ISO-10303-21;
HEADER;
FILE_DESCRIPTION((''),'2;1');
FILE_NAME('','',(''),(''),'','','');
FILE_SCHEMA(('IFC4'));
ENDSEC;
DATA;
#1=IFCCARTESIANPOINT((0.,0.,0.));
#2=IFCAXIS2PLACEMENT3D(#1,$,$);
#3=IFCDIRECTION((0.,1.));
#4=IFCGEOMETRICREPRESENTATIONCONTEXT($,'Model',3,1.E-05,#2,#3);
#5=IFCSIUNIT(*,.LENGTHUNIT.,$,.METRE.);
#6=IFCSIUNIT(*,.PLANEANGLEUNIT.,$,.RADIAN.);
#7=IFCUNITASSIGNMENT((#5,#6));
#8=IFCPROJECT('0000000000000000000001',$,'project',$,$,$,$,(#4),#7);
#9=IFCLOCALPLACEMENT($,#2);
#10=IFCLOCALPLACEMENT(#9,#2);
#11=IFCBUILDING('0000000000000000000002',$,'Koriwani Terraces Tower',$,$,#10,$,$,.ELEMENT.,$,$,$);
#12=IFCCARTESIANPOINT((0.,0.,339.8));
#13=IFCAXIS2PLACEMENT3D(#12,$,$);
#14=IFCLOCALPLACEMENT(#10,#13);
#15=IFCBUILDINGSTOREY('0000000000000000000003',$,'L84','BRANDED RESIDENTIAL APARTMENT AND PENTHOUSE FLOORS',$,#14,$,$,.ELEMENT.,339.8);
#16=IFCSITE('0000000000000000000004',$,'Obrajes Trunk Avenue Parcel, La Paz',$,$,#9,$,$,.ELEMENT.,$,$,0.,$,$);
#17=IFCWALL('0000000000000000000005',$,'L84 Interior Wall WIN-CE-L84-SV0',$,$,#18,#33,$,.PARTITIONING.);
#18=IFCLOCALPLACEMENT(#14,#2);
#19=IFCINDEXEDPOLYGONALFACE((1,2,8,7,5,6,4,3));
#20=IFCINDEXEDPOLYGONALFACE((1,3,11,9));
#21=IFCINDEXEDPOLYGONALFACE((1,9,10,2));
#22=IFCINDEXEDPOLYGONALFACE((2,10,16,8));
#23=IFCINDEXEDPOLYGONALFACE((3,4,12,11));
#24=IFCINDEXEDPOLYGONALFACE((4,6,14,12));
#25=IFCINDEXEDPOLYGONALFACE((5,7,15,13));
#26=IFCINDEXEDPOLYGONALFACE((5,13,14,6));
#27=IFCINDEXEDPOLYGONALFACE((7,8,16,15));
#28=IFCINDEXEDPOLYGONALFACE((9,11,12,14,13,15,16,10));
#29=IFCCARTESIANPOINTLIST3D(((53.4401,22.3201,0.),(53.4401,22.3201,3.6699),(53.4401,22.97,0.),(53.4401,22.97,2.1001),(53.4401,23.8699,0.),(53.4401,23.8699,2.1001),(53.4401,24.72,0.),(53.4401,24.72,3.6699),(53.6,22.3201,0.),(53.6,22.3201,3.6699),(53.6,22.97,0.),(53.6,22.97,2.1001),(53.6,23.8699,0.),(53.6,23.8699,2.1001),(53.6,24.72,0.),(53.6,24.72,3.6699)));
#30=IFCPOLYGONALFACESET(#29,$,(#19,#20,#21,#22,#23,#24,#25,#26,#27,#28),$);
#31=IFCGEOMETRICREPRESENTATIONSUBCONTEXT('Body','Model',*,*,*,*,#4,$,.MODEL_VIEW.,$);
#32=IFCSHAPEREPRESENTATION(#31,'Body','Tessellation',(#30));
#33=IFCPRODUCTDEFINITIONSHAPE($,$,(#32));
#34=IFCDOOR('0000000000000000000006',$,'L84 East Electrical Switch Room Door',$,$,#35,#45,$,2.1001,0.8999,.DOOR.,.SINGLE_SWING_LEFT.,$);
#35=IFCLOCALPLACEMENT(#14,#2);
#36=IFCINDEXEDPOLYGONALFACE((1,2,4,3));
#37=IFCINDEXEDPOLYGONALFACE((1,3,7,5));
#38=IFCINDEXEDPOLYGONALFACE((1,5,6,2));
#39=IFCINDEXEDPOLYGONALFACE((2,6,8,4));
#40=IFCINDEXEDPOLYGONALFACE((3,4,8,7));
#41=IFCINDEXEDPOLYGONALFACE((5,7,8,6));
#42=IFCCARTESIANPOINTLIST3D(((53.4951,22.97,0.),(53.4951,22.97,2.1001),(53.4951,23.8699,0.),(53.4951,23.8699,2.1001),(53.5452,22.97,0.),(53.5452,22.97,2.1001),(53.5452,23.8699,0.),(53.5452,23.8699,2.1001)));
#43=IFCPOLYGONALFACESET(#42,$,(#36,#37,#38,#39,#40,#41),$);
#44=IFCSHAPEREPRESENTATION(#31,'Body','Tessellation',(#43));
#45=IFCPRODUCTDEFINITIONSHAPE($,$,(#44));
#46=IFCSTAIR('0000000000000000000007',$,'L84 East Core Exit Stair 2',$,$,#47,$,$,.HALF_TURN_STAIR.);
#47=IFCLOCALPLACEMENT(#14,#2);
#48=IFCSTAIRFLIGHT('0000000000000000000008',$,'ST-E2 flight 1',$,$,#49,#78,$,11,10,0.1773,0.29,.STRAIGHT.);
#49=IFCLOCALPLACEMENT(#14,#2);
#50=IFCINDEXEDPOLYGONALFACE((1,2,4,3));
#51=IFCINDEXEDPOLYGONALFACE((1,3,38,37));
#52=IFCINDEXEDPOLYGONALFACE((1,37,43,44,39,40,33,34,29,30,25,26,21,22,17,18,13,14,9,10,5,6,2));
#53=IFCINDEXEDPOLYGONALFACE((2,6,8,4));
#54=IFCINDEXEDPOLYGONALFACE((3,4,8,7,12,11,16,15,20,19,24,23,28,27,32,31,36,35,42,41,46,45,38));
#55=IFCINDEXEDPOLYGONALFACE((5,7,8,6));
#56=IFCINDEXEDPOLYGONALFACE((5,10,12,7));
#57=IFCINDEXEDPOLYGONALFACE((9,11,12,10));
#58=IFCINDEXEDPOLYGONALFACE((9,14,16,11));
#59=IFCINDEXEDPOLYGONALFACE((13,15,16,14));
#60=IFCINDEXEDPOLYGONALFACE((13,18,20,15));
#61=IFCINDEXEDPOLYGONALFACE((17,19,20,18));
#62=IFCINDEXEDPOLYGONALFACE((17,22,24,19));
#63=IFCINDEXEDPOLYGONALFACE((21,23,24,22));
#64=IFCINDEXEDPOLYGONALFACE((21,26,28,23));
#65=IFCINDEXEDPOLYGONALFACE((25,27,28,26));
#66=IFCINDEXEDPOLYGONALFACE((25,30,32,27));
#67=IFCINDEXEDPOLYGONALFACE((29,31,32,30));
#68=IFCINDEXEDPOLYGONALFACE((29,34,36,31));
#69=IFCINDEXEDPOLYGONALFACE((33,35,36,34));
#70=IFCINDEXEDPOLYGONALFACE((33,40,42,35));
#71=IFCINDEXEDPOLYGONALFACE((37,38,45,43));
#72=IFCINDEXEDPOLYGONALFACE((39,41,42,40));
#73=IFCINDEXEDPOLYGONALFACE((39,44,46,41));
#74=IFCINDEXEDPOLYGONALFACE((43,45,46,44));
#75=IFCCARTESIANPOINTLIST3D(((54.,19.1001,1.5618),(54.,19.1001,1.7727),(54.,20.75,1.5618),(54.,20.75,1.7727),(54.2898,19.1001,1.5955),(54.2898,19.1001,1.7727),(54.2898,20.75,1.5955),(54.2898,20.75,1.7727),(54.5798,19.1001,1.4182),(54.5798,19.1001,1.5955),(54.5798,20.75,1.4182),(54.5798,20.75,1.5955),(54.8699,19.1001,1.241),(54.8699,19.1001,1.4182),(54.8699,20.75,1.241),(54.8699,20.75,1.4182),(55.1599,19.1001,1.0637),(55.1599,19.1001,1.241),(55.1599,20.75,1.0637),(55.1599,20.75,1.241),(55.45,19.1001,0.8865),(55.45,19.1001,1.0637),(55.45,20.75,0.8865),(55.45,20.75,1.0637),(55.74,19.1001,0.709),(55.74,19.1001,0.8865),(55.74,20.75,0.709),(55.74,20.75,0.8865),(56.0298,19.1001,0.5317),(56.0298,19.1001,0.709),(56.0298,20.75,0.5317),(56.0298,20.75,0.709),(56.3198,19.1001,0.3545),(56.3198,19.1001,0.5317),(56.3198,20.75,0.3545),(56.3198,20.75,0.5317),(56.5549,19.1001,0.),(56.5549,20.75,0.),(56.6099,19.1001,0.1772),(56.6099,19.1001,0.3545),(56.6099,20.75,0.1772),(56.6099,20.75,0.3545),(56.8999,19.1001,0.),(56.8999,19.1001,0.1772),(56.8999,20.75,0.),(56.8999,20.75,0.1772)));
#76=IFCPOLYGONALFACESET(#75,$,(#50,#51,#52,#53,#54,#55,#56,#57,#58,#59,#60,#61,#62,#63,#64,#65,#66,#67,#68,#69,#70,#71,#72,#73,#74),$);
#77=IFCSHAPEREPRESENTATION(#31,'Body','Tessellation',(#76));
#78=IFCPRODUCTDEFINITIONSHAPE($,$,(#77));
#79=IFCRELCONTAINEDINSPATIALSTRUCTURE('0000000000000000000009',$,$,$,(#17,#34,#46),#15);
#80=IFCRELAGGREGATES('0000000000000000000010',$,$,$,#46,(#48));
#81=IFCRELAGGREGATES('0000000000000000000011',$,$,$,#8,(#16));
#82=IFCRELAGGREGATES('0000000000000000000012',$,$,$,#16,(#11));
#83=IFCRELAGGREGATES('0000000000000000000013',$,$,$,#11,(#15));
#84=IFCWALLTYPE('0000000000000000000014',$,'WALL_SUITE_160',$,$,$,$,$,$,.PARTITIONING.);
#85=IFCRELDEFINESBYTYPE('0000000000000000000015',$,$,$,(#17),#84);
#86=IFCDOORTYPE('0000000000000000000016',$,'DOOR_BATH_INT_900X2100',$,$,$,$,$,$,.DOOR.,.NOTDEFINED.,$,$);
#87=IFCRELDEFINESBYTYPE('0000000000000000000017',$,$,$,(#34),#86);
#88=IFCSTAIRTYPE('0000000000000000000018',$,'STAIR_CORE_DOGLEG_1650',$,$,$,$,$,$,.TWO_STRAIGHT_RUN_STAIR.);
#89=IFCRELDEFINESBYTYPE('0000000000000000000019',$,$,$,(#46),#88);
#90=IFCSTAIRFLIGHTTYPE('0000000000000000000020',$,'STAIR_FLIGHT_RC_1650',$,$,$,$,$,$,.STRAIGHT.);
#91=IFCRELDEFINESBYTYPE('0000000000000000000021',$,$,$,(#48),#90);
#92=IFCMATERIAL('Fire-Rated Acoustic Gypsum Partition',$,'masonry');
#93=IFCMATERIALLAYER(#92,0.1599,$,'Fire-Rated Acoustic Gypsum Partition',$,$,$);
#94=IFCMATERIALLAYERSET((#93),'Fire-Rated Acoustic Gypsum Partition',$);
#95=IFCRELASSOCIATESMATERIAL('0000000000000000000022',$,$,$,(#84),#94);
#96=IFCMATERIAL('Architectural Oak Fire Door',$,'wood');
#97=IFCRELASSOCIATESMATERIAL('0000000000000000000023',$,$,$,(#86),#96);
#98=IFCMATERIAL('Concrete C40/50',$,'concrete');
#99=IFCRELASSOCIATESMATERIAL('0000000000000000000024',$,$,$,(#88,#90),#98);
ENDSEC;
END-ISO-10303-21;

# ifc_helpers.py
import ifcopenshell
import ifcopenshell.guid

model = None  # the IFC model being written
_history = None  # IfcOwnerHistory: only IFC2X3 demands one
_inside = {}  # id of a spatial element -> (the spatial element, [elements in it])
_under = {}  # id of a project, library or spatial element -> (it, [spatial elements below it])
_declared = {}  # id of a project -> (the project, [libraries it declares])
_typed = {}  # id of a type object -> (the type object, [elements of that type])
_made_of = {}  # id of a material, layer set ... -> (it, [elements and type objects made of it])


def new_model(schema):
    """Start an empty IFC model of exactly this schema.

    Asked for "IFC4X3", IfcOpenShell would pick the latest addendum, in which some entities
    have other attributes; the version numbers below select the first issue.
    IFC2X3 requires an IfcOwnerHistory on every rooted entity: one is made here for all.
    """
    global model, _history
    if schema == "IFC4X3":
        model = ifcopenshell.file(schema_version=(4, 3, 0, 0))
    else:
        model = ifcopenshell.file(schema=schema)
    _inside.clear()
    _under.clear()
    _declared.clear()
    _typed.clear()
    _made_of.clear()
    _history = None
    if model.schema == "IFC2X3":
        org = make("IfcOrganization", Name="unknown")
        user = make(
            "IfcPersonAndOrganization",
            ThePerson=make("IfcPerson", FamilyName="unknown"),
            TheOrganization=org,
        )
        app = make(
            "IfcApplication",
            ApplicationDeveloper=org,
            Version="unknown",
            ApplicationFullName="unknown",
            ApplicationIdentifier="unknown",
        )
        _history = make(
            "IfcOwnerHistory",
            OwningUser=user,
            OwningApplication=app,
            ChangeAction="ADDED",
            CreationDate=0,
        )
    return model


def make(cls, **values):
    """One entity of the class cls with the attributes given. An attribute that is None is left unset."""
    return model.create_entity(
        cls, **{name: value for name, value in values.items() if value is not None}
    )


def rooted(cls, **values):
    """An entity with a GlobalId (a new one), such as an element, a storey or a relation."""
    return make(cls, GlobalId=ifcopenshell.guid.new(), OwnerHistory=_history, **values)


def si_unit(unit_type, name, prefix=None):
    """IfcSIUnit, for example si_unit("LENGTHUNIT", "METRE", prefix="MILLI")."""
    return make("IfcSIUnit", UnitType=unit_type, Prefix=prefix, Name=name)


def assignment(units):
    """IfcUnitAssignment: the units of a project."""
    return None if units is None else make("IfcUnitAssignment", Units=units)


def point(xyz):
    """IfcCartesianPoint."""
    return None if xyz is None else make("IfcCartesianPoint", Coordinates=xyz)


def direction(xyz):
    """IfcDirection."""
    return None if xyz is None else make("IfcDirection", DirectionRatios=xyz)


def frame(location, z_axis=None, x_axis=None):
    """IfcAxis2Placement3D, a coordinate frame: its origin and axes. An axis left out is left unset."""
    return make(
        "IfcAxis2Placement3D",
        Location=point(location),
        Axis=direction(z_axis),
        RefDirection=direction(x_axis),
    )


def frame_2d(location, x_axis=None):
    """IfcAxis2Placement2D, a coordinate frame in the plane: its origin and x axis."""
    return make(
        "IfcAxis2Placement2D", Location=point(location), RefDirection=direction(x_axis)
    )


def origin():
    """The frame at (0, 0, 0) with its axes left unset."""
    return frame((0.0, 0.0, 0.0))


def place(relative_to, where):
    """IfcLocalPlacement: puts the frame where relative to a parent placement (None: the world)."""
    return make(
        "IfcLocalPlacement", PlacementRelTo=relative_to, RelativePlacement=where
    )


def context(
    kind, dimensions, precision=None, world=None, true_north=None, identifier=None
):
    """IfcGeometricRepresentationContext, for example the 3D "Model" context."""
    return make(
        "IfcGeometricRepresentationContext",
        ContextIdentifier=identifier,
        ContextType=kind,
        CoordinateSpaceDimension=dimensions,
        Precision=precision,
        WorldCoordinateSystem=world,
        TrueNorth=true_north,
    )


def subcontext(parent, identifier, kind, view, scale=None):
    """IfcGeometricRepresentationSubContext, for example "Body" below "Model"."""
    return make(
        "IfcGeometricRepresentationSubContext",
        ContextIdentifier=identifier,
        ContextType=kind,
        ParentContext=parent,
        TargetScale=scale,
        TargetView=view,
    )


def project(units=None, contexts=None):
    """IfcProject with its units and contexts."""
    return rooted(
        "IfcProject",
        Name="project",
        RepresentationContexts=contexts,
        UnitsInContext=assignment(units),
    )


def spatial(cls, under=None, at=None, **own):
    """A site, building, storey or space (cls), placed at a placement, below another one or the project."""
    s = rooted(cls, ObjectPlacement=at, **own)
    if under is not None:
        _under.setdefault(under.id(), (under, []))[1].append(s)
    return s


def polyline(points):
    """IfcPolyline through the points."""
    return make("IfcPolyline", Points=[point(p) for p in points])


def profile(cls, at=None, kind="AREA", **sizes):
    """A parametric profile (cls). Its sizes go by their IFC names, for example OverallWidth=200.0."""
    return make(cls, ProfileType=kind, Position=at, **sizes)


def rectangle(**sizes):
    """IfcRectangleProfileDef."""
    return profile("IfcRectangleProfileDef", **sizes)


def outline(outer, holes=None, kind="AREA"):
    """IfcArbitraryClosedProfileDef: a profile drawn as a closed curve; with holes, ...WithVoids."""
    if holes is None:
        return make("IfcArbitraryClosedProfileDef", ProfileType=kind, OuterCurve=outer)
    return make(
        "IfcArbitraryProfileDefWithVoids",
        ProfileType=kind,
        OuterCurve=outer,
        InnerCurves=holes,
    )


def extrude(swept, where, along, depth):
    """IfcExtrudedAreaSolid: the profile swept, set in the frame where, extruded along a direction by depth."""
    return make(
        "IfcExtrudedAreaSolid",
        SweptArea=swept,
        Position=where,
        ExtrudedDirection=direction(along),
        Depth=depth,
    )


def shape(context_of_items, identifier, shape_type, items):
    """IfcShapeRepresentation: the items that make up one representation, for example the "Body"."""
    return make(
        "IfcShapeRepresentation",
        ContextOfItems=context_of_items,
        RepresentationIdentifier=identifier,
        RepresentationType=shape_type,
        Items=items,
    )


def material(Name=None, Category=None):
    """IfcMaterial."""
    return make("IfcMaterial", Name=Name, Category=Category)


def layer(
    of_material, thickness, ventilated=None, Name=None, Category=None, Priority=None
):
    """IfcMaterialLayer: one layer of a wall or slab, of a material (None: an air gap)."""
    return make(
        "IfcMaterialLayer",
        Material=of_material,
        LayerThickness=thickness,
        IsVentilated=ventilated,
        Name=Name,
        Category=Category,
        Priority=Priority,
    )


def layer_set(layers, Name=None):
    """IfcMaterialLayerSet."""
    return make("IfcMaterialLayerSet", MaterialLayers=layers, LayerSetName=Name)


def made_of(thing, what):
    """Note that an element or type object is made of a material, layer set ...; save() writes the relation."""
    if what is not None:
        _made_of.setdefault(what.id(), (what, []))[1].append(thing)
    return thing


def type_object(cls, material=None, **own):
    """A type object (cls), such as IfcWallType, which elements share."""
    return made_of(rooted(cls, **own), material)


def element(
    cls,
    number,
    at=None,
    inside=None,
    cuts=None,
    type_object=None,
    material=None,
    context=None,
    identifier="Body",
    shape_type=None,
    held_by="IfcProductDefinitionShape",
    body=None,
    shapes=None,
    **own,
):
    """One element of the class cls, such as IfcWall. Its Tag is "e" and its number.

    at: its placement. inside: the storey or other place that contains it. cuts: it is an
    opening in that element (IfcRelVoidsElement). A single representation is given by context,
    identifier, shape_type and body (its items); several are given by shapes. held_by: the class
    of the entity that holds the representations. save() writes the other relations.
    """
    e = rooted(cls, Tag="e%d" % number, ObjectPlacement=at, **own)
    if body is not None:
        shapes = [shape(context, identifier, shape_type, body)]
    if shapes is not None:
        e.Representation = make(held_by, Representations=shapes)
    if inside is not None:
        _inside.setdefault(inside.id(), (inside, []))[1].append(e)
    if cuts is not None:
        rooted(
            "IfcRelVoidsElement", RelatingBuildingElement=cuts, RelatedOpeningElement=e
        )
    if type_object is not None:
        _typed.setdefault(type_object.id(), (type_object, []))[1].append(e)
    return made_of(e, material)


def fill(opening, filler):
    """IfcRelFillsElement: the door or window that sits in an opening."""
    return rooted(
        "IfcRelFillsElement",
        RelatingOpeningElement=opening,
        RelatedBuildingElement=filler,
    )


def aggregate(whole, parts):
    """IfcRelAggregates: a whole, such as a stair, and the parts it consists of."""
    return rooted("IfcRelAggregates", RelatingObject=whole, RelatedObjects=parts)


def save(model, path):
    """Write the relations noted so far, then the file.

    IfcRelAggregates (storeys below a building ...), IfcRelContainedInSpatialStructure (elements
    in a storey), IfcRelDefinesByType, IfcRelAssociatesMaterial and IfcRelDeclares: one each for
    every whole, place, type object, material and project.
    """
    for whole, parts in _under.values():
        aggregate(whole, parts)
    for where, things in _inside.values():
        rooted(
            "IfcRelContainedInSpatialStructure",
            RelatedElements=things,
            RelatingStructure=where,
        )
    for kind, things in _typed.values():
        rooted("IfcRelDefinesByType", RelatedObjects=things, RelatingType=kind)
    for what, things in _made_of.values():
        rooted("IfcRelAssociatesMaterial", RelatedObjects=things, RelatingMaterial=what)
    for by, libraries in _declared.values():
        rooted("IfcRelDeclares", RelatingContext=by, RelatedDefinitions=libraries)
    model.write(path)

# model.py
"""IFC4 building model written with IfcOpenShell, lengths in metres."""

from ifc_helpers import new_model, si_unit, direction, frame, frame_2d, origin, place, context, subcontext, project, spatial, polyline, rectangle, outline, extrude, material, layer, layer_set, type_object, element, fill, aggregate, save


model = new_model("IFC4")

# Units and contexts
model_context = context("Model", 3, precision=1e-05, world=origin(), true_north=direction((0.0, 1.0)))
body_context = subcontext(model_context, "Body", "Model", "MODEL_VIEW")
ifc_project = project(units=[si_unit("LENGTHUNIT", "METRE"), si_unit("PLANEANGLEUNIT", "RADIAN")], contexts=[model_context])

# Site, building, storey
site_placement = place(None, origin())
site = spatial("IfcSite", under=ifc_project, at=site_placement, Name="Obrajes Trunk Avenue Parcel, La Paz", CompositionType="ELEMENT", RefElevation=0.0)
building_placement = place(site_placement, origin())
building = spatial("IfcBuilding", under=site, at=building_placement, Name="Koriwani Terraces Tower", CompositionType="ELEMENT")
storey_placement = place(building_placement, frame((0.0, 0.0, 339.8)))
storey = spatial("IfcBuildingStorey", under=building, at=storey_placement, Name="L84", Description="BRANDED RESIDENTIAL APARTMENT AND PENTHOUSE FLOORS", CompositionType="ELEMENT", Elevation=339.8)

# Shared definitions
ifc_material_1 = material(Name="Concrete C40/50", Category="concrete")

# Wall, opening, door
ifc_material_2 = material(Name="Fire-Rated Acoustic Gypsum Partition", Category="masonry")
ifc_layer_1 = layer(ifc_material_2, 0.1599, Name="Fire-Rated Acoustic Gypsum Partition")
ifc_layer_set_1 = layer_set([ifc_layer_1], Name="Fire-Rated Acoustic Gypsum Partition")
wall_type_1 = type_object("IfcWallType", Name="WALL_SUITE_160", PredefinedType="PARTITIONING", material=ifc_layer_set_1)
wall_1_placement = place(storey_placement, frame((53.52, 22.3201, 0.0), z_axis=(0.0, 0.0, 1.0), x_axis=(0.0, 1.0, 0.0)))
wall_1 = element("IfcWall", 1, at=wall_1_placement, inside=storey, type_object=wall_type_1, Name="L84 Interior Wall WIN-CE-L84-SV0", PredefinedType="PARTITIONING", context=body_context, shape_type="SweptSolid", body=[
    extrude(rectangle(XDim=2.3999, YDim=0.1599, at=frame_2d((1.2, 0.0))), origin(), (0.0, 0.0, 1.0), 3.6699),
])
opening_1_placement = place(wall_1_placement, frame((0.6499, 0.0, 0.0)))
opening_1 = element("IfcOpeningElement", 2, at=opening_1_placement, cuts=wall_1, PredefinedType="OPENING", context=body_context, shape_type="SweptSolid", body=[
    extrude(rectangle(XDim=0.8999, YDim=2.1001, at=frame_2d((0.45, 1.05))), frame((0.0, 0.0898, 0.0), z_axis=(0.0, -1.0, 0.0), x_axis=(1.0, 0.0, 0.0)), (0.0, 0.0, 1.0), 0.1799),
])
ifc_material_3 = material(Name="Architectural Oak Fire Door", Category="wood")
door_type_1 = type_object("IfcDoorType", Name="DOOR_BATH_INT_900X2100", OperationType="NOTDEFINED", PredefinedType="DOOR", material=ifc_material_3)
door_1_placement = place(opening_1_placement, origin())
door_1 = element("IfcDoor", 3, at=door_1_placement, inside=storey, type_object=door_type_1, Name="L84 East Electrical Switch Room Door", OperationType="SINGLE_SWING_LEFT", OverallHeight=2.1001, OverallWidth=0.8999, PredefinedType="DOOR", context=body_context, shape_type="SweptSolid", body=[
    extrude(rectangle(XDim=0.8999, YDim=2.1001, at=frame_2d((0.45, 1.05))), frame((0.0, 0.0249, 0.0), z_axis=(0.0, -1.0, 0.0), x_axis=(1.0, 0.0, 0.0)), (0.0, 0.0, 1.0), 0.05),
])
fill(opening_1, door_1)

# Stair, stair flight
stair_type = type_object("IfcStairType", Name="STAIR_CORE_DOGLEG_1650", PredefinedType="TWO_STRAIGHT_RUN_STAIR", material=ifc_material_1)
stair_placement = place(storey_placement, origin())
stair = element("IfcStair", 4, at=stair_placement, inside=storey, type_object=stair_type, Name="L84 East Core Exit Stair 2", PredefinedType="HALF_TURN_STAIR")
stair_flight_type = type_object("IfcStairFlightType", Name="STAIR_FLIGHT_RC_1650", PredefinedType="STRAIGHT", material=ifc_material_1)
stair_flight_placement = place(storey_placement, frame((56.8999, 19.925, 0.0), z_axis=(0.0, 0.0, 1.0), x_axis=(-1.0, 0.0, 0.0)))
stair_flight = element("IfcStairFlight", 5, at=stair_flight_placement, type_object=stair_flight_type, Name="ST-E2 flight 1", NumberOfRisers=11, NumberOfTreads=10, PredefinedType="STRAIGHT", RiserHeight=0.1773, TreadLength=0.29, context=body_context, shape_type="SweptSolid", body=[
    extrude(outline(polyline([(0.0, 0.0), (0.0, 0.1772), (0.29, 0.1772), (0.29, 0.3545), (0.5801, 0.3545), (0.5801, 0.5317), (0.8701, 0.5317), (0.8701, 0.709), (1.1599, 0.709), (1.1599, 0.8865), (1.45, 0.8865), (1.45, 1.0637), (1.74, 1.0637), (1.74, 1.241), (2.03, 1.241), (2.03, 1.4182), (2.3201, 1.4182), (2.3201, 1.5955), (2.6101, 1.5955), (2.6101, 1.7727), (2.8999, 1.7727), (2.8999, 1.95), (2.8999, 1.5618), (0.345, 0.0), (0.0, 0.0)])), frame((0.0, 0.825, 0.0), z_axis=(0.0, -1.0, 0.0), x_axis=(1.0, 0.0, 0.0)), (0.0, 0.0, 1.0), 1.6499),
])
aggregate(stair, [stair_flight])

save(model, "model.ifc")
